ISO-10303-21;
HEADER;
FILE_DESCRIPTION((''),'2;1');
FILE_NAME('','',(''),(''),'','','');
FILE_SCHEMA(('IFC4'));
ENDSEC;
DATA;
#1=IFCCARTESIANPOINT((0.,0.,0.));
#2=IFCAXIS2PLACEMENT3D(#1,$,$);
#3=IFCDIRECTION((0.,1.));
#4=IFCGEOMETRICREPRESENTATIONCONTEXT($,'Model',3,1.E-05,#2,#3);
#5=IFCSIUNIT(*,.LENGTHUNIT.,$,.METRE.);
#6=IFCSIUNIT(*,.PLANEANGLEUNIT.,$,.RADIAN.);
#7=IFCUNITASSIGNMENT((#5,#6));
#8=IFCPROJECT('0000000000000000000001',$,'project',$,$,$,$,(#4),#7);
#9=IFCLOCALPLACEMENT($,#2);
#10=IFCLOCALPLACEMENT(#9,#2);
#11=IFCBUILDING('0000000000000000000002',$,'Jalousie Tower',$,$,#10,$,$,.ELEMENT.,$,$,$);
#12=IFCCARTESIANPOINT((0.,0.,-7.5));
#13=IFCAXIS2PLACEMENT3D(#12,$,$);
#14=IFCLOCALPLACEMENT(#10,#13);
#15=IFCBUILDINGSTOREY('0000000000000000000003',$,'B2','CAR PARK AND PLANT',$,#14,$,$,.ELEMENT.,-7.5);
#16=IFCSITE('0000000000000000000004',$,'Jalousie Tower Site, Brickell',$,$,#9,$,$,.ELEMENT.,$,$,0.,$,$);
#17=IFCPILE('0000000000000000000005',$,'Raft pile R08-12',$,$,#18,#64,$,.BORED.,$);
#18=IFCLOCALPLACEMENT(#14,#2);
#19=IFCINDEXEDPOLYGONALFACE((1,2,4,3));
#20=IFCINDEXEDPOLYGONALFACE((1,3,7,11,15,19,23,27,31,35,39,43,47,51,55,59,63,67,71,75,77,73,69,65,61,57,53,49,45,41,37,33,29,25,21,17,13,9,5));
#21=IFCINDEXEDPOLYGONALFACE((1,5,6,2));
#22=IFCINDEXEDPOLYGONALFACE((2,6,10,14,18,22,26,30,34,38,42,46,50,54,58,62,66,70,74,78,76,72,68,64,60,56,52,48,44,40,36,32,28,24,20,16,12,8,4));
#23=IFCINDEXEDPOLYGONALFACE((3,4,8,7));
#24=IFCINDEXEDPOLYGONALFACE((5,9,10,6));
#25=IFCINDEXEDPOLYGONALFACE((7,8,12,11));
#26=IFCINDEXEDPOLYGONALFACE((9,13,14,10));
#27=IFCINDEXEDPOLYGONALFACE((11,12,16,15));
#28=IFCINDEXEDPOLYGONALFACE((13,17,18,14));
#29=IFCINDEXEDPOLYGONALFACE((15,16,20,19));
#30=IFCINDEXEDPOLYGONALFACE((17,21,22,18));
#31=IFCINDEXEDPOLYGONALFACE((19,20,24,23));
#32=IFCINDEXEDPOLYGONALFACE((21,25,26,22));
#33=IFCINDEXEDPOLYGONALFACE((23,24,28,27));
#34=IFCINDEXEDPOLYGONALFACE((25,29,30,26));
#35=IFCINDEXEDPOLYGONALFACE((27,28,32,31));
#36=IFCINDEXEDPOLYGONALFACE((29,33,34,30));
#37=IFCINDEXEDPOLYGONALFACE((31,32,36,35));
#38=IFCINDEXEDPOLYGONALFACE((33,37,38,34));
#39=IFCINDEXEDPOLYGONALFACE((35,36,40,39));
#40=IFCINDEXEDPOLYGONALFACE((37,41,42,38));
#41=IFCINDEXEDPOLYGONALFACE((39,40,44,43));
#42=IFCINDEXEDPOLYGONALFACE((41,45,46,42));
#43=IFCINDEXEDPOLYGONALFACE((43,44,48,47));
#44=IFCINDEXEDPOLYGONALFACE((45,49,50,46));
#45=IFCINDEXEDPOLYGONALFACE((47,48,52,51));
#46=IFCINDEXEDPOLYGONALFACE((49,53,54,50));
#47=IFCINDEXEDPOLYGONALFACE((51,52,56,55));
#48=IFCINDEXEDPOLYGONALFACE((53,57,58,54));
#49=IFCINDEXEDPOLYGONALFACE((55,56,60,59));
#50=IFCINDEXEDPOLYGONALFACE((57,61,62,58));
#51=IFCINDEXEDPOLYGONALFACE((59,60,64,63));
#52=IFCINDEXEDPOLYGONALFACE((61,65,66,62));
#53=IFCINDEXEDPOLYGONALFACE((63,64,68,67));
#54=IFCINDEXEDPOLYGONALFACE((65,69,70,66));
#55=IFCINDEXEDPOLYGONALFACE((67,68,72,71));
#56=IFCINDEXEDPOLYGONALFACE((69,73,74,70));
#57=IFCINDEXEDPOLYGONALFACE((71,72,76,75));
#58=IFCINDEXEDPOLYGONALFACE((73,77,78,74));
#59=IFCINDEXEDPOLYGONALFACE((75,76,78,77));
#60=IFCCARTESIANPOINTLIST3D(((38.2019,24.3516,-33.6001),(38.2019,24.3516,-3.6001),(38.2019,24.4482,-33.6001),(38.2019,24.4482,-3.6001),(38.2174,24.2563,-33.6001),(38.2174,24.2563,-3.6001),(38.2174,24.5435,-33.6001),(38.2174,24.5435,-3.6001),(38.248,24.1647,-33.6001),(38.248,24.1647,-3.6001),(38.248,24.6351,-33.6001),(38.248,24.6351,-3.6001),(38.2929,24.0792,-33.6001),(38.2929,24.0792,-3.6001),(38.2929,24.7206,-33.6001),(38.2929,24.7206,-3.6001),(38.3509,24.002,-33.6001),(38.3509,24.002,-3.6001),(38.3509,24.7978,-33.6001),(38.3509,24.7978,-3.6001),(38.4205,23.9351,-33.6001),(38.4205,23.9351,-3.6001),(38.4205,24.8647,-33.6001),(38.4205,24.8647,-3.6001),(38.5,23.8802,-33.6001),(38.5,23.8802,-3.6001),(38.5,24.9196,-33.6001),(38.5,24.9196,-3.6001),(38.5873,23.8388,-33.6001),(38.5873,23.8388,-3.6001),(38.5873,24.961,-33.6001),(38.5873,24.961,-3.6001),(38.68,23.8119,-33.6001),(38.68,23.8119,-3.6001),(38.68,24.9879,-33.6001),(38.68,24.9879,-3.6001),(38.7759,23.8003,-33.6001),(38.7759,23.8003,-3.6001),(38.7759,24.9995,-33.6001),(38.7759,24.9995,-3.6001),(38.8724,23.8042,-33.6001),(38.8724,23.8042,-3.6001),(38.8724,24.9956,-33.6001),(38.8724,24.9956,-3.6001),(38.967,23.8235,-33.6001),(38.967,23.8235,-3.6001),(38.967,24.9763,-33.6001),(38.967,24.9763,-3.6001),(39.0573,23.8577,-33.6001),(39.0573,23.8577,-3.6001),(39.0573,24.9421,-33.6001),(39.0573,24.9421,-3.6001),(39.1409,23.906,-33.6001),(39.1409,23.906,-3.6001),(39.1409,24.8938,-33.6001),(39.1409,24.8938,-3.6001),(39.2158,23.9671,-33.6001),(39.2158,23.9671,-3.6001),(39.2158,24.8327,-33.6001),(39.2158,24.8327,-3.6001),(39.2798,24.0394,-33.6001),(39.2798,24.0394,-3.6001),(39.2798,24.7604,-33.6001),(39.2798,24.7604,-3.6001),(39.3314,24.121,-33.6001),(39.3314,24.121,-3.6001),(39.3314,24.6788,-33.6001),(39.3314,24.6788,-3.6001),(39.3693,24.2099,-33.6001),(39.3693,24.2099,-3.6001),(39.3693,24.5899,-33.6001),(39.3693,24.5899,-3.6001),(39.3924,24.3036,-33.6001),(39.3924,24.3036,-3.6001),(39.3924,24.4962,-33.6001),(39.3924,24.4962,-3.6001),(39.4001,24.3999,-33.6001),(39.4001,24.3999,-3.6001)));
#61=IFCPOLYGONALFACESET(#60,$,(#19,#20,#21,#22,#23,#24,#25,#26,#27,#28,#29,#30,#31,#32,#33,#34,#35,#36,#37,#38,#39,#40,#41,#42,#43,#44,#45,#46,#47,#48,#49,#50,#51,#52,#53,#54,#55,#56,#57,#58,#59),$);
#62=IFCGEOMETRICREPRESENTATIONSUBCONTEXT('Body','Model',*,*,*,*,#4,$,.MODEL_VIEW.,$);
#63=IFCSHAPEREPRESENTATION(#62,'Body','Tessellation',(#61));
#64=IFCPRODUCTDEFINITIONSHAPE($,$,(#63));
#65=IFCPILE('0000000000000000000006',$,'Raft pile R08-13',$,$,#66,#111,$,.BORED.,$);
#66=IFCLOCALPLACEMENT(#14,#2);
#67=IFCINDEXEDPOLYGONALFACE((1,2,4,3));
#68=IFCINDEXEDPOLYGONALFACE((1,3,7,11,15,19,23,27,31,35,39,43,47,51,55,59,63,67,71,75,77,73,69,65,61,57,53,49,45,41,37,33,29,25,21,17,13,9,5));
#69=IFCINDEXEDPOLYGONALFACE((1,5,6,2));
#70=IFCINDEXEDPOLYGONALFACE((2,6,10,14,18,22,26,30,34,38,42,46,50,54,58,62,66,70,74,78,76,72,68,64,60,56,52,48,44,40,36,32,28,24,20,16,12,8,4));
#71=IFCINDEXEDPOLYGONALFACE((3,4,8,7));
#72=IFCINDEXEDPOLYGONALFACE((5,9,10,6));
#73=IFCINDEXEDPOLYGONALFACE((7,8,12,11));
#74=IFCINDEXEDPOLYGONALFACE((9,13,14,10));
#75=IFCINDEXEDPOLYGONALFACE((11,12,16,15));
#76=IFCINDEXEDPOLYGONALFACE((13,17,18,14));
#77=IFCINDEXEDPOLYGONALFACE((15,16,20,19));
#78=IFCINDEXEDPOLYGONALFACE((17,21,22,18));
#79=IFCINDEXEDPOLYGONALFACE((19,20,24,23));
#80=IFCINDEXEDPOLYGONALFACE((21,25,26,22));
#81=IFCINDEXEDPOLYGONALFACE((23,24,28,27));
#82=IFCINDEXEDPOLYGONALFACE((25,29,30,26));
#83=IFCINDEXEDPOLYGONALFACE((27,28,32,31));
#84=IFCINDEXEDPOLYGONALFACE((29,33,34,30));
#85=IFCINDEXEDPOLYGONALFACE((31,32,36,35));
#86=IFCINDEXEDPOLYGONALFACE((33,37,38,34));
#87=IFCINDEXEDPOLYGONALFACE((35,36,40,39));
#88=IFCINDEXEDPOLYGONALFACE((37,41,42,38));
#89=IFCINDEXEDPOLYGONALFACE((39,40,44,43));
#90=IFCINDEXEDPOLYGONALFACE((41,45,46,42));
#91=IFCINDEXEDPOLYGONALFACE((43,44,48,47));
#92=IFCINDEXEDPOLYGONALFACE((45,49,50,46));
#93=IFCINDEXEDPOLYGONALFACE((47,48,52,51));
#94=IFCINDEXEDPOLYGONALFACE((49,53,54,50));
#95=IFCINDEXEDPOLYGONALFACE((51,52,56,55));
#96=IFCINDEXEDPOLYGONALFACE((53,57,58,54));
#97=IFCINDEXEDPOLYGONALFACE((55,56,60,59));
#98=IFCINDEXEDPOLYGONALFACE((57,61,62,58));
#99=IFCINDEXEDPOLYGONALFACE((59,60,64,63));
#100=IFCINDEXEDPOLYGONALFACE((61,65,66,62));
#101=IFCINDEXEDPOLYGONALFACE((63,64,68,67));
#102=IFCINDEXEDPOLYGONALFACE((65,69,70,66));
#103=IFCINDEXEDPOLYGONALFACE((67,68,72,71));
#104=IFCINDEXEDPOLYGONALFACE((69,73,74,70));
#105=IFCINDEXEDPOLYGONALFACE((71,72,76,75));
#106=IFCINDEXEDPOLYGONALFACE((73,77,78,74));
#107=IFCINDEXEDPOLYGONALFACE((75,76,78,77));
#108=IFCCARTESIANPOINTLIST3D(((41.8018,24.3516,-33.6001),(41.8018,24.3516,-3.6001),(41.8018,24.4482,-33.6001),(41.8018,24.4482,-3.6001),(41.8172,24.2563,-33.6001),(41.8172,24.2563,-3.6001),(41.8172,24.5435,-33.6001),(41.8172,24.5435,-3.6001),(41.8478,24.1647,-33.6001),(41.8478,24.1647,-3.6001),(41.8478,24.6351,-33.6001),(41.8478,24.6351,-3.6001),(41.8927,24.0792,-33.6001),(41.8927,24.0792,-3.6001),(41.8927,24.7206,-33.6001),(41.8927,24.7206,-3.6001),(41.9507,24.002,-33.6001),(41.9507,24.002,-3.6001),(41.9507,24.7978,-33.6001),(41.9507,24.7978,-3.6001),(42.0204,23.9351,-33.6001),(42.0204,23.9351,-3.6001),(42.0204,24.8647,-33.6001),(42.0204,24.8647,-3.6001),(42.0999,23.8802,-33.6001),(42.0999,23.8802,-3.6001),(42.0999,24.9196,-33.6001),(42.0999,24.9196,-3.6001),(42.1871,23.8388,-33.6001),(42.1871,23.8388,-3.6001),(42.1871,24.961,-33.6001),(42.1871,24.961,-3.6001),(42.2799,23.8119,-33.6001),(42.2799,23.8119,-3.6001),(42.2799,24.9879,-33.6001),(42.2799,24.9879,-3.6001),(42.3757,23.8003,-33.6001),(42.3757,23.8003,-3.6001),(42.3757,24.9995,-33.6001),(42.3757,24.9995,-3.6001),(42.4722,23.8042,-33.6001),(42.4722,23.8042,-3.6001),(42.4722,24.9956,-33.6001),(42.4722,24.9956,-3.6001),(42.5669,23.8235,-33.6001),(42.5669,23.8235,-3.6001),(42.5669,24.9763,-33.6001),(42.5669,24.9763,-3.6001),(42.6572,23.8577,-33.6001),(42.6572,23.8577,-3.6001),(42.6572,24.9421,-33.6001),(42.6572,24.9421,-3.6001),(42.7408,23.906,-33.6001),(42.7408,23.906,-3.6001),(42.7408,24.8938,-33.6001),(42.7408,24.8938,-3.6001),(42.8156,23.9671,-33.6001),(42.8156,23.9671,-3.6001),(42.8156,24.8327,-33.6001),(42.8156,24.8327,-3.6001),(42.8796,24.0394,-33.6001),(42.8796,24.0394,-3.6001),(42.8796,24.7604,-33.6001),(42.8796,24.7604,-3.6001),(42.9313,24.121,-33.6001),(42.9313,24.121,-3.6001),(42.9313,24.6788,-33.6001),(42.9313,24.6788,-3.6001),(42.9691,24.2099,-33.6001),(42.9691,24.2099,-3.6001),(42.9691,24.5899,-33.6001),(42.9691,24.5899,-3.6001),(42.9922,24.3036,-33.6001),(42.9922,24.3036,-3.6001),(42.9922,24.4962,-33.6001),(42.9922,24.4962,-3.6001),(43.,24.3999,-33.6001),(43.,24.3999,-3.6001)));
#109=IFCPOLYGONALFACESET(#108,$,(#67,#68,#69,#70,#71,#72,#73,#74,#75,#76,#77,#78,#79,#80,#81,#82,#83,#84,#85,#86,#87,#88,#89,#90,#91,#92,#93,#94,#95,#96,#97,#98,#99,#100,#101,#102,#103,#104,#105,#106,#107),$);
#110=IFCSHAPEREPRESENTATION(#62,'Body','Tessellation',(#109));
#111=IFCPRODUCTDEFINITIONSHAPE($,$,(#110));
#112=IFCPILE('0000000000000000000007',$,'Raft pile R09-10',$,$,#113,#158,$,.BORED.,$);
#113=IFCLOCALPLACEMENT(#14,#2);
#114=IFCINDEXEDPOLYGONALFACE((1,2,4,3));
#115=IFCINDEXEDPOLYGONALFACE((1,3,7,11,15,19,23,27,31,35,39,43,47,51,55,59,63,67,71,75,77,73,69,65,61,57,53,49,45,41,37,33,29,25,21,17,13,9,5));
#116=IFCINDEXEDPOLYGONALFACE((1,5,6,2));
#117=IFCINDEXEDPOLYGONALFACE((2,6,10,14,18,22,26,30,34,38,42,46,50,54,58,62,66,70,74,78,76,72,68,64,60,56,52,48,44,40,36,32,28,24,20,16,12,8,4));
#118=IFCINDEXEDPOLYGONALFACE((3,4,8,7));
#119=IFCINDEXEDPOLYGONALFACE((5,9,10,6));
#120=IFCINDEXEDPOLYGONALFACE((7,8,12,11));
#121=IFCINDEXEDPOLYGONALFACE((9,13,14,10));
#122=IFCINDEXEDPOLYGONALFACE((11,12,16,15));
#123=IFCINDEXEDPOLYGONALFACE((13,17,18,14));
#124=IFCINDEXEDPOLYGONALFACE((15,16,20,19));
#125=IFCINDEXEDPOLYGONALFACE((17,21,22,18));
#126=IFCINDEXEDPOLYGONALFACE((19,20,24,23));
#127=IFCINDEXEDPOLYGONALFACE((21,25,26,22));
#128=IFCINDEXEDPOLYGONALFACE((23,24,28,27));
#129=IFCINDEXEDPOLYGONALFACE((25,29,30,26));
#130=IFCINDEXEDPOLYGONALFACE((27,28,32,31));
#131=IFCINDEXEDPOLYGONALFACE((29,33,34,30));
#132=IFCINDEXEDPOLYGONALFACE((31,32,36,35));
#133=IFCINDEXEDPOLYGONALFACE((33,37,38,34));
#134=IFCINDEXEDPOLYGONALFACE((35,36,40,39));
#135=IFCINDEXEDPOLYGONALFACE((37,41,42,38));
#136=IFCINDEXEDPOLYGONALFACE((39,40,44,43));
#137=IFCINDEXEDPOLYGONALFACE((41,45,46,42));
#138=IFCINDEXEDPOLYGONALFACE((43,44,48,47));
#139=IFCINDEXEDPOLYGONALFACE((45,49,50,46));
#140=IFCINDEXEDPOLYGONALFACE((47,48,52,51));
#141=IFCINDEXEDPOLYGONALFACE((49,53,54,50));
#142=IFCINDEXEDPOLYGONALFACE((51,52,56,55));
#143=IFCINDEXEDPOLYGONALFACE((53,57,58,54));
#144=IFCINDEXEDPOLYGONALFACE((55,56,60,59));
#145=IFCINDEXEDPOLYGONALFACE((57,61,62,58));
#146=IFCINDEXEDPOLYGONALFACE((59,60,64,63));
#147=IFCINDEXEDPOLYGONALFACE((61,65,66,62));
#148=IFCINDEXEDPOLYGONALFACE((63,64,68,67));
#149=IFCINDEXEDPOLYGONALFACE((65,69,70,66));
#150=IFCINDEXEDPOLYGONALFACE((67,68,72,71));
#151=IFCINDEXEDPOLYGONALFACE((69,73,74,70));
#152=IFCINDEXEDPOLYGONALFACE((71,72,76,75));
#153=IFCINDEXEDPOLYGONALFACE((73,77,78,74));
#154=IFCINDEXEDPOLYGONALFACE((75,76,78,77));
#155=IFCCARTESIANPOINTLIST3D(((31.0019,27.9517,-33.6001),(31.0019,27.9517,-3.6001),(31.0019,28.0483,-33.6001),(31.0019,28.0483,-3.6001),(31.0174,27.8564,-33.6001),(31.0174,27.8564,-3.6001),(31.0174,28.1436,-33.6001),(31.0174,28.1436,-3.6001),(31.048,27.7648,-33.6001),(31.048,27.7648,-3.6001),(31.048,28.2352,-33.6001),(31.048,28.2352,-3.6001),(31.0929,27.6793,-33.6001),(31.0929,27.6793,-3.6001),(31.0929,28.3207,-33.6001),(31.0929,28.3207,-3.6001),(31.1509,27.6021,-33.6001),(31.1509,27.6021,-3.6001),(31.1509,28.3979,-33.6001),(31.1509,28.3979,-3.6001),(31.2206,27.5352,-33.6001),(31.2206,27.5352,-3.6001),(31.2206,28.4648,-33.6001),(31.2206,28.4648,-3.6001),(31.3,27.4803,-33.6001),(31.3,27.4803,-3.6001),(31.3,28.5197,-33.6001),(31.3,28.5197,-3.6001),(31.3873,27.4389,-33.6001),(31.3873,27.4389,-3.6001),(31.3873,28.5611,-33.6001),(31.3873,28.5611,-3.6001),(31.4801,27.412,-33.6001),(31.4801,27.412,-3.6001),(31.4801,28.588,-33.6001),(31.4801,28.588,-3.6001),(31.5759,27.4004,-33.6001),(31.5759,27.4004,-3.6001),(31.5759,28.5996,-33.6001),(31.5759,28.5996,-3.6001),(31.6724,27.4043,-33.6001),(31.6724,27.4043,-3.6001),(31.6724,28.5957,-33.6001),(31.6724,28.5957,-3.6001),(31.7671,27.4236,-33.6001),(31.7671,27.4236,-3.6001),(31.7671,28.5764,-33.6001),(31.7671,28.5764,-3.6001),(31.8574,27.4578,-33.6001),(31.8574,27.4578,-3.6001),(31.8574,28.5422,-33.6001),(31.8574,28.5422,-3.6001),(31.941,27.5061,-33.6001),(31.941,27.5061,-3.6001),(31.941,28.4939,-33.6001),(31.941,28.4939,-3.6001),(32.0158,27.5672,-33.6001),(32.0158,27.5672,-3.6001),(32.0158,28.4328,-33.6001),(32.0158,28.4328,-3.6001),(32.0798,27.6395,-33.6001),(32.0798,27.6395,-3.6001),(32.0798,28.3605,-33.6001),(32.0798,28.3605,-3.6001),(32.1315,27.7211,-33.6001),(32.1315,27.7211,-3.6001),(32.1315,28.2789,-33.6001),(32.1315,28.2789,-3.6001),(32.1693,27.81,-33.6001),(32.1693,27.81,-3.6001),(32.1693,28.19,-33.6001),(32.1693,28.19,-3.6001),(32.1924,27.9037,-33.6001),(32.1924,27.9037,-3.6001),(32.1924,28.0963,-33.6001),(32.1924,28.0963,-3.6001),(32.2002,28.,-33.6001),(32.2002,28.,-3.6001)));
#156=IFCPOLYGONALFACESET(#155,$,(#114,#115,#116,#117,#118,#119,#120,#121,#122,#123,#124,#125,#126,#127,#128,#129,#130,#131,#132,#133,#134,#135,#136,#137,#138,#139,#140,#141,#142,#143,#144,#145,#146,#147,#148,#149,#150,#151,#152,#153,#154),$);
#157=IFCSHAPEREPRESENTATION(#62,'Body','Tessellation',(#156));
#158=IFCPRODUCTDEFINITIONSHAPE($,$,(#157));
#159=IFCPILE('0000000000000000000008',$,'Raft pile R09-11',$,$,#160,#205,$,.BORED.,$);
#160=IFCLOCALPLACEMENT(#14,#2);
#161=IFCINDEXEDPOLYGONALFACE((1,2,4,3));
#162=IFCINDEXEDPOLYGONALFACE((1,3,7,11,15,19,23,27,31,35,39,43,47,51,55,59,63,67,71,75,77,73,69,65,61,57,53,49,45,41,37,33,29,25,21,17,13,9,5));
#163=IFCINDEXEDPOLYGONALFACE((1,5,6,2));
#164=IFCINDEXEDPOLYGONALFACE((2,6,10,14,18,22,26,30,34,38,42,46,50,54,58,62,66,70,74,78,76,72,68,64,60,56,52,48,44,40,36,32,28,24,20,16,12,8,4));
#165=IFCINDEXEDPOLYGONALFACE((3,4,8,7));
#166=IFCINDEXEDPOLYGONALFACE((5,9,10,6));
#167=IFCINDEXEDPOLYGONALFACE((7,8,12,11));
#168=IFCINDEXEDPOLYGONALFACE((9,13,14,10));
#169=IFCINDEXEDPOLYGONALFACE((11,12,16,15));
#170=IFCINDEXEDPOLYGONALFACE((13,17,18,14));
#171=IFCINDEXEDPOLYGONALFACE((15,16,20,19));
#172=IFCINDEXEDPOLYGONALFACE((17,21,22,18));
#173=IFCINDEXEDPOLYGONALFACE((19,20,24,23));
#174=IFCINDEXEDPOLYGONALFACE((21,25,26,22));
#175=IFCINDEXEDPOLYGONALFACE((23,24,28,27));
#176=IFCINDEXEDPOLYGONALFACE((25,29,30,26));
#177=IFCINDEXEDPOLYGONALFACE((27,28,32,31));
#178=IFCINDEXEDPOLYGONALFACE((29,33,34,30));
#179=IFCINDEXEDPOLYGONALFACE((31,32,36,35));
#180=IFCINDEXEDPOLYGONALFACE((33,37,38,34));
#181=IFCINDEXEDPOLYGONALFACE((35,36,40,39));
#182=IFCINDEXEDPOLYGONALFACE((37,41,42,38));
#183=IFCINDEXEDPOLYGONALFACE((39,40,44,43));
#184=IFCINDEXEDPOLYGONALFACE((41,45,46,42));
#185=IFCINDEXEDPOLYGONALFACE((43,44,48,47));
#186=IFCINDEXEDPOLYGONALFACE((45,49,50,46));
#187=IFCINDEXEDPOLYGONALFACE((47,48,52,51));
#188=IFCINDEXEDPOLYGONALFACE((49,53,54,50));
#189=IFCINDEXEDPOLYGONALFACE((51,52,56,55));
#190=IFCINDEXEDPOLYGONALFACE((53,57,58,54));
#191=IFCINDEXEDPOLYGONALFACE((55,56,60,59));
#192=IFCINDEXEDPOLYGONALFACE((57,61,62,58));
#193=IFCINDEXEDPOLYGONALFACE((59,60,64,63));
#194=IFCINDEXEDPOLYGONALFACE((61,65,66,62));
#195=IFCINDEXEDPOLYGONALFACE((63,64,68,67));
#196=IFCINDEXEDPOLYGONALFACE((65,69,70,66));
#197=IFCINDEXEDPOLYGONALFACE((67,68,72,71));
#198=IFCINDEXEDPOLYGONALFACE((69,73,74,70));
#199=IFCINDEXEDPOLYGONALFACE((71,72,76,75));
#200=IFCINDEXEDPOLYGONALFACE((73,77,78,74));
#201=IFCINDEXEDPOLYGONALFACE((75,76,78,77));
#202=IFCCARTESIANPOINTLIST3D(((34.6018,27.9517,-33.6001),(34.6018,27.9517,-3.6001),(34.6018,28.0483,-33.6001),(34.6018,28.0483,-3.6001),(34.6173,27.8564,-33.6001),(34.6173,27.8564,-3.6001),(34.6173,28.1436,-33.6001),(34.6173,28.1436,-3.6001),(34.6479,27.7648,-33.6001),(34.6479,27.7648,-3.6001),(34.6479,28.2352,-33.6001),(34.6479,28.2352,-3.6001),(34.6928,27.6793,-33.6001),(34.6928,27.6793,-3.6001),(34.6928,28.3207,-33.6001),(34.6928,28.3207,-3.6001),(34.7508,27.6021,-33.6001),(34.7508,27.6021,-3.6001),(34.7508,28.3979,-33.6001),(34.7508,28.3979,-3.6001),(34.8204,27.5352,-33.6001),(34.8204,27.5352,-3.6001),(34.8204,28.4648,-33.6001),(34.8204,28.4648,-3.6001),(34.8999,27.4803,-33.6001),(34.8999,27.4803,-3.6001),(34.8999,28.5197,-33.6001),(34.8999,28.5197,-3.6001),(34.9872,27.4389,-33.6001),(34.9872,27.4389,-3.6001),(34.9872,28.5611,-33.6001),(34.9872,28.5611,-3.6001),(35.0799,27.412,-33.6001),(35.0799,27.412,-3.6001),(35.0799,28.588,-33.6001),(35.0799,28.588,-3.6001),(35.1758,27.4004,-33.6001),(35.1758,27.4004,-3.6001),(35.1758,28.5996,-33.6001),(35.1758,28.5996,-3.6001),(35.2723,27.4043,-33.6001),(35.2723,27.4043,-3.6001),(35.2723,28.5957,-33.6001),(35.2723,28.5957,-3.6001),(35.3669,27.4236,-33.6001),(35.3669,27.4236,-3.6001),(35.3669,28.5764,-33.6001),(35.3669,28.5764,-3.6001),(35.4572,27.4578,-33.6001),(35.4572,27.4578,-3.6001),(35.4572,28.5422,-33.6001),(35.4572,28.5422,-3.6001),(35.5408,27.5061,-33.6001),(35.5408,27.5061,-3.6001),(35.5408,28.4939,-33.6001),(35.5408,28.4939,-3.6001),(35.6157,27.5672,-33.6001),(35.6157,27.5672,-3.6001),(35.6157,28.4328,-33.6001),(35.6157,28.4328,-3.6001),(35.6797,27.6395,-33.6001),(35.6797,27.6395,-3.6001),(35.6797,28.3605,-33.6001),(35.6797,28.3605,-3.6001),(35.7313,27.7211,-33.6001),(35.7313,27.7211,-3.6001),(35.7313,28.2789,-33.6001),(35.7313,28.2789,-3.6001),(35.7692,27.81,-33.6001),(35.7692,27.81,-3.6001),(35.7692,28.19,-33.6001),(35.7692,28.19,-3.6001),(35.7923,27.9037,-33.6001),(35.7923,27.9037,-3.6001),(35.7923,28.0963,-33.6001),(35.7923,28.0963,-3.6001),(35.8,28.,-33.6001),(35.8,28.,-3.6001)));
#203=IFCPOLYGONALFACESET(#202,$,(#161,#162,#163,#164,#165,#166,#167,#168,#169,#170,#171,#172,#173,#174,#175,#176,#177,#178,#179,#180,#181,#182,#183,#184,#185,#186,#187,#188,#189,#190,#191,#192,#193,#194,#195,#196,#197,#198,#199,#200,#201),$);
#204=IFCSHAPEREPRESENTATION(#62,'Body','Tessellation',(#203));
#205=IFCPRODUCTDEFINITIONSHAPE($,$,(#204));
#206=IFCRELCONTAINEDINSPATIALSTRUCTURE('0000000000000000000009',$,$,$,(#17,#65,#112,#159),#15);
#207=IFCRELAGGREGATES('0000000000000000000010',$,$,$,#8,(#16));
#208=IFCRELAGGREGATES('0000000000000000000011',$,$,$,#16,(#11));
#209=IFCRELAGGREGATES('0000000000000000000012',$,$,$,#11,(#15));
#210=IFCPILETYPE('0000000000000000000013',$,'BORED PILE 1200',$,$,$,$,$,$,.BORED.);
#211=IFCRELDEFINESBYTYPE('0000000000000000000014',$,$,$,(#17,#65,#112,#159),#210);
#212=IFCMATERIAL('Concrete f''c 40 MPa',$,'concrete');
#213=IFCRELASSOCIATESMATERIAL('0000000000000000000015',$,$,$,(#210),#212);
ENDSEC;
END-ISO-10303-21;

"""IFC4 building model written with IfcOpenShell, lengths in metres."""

from ifc_helpers import new_model, si_unit, direction, frame, origin, origin_2d, place, context, subcontext, project, spatial, circle, extrude, material, material_profile, profile_set, type_object, element, save


model = new_model("IFC4")

# Units and contexts
model_context = context("Model", 3, precision=1e-05, world=origin(), true_north=direction((0.0, 1.0)))
body_context = subcontext(model_context, "Body", "Model", "MODEL_VIEW")
ifc_project = project(units=[si_unit("LENGTHUNIT", "METRE"), si_unit("PLANEANGLEUNIT", "RADIAN")], contexts=[model_context])

# Site, building, storey
site_placement = place(None, origin())
site = spatial("IfcSite", under=ifc_project, at=site_placement, Name="Jalousie Tower Site, Brickell", CompositionType="ELEMENT", RefElevation=0.0)
building_placement = place(site_placement, origin())
building = spatial("IfcBuilding", under=site, at=building_placement, Name="Jalousie Tower", CompositionType="ELEMENT")
storey_placement = place(building_placement, frame((0.0, 0.0, -7.5)))
storey = spatial("IfcBuildingStorey", under=building, at=storey_placement, Name="B2", Description="CAR PARK AND PLANT", CompositionType="ELEMENT", Elevation=-7.5)

# Piles
ifc_material_1 = material(Name="Concrete f'c 40 MPa", Category="concrete")
ifc_material_profile = material_profile(ifc_material_1, circle(Radius=0.6001, at=origin_2d()), Name="BORED PILE D1200")
ifc_profile_set = profile_set([ifc_material_profile], Name="Concrete f'c 40 MPa")
pile_type = type_object("IfcPileType", Name="BORED PILE 1200", PredefinedType="BORED", material=ifc_profile_set)
for number, where, z_axis, x_axis, name in (
    (1, (38.8, 24.3999, -3.6001), (0.0, 0.0, -1.0), (1.0, 0.0, 0.0), "Raft pile R08-12"),
    (2, (42.3999, 24.3999, -3.6001), (0.0, 0.0, -1.0), (1.0, 0.0, 0.0), "Raft pile R08-13"),
    (3, (31.6001, 28.0, -3.6001), (0.0, 0.0, -1.0), (1.0, 0.0, 0.0), "Raft pile R09-10"),
    (4, (35.2, 28.0, -3.6001), (0.0, 0.0, -1.0), (1.0, 0.0, 0.0), "Raft pile R09-11"),
):
    element("IfcPile", number, at=place(storey_placement, frame(where, z_axis=z_axis, x_axis=x_axis)), inside=storey, type_object=pile_type, Name=name, PredefinedType="BORED", context=body_context, shape_type="SweptSolid", body=[
        extrude(circle(Radius=0.6001, at=origin_2d()), origin(), (0.0, 0.0, 1.0), 30.0),
    ])

save(model, "model.ifc")
